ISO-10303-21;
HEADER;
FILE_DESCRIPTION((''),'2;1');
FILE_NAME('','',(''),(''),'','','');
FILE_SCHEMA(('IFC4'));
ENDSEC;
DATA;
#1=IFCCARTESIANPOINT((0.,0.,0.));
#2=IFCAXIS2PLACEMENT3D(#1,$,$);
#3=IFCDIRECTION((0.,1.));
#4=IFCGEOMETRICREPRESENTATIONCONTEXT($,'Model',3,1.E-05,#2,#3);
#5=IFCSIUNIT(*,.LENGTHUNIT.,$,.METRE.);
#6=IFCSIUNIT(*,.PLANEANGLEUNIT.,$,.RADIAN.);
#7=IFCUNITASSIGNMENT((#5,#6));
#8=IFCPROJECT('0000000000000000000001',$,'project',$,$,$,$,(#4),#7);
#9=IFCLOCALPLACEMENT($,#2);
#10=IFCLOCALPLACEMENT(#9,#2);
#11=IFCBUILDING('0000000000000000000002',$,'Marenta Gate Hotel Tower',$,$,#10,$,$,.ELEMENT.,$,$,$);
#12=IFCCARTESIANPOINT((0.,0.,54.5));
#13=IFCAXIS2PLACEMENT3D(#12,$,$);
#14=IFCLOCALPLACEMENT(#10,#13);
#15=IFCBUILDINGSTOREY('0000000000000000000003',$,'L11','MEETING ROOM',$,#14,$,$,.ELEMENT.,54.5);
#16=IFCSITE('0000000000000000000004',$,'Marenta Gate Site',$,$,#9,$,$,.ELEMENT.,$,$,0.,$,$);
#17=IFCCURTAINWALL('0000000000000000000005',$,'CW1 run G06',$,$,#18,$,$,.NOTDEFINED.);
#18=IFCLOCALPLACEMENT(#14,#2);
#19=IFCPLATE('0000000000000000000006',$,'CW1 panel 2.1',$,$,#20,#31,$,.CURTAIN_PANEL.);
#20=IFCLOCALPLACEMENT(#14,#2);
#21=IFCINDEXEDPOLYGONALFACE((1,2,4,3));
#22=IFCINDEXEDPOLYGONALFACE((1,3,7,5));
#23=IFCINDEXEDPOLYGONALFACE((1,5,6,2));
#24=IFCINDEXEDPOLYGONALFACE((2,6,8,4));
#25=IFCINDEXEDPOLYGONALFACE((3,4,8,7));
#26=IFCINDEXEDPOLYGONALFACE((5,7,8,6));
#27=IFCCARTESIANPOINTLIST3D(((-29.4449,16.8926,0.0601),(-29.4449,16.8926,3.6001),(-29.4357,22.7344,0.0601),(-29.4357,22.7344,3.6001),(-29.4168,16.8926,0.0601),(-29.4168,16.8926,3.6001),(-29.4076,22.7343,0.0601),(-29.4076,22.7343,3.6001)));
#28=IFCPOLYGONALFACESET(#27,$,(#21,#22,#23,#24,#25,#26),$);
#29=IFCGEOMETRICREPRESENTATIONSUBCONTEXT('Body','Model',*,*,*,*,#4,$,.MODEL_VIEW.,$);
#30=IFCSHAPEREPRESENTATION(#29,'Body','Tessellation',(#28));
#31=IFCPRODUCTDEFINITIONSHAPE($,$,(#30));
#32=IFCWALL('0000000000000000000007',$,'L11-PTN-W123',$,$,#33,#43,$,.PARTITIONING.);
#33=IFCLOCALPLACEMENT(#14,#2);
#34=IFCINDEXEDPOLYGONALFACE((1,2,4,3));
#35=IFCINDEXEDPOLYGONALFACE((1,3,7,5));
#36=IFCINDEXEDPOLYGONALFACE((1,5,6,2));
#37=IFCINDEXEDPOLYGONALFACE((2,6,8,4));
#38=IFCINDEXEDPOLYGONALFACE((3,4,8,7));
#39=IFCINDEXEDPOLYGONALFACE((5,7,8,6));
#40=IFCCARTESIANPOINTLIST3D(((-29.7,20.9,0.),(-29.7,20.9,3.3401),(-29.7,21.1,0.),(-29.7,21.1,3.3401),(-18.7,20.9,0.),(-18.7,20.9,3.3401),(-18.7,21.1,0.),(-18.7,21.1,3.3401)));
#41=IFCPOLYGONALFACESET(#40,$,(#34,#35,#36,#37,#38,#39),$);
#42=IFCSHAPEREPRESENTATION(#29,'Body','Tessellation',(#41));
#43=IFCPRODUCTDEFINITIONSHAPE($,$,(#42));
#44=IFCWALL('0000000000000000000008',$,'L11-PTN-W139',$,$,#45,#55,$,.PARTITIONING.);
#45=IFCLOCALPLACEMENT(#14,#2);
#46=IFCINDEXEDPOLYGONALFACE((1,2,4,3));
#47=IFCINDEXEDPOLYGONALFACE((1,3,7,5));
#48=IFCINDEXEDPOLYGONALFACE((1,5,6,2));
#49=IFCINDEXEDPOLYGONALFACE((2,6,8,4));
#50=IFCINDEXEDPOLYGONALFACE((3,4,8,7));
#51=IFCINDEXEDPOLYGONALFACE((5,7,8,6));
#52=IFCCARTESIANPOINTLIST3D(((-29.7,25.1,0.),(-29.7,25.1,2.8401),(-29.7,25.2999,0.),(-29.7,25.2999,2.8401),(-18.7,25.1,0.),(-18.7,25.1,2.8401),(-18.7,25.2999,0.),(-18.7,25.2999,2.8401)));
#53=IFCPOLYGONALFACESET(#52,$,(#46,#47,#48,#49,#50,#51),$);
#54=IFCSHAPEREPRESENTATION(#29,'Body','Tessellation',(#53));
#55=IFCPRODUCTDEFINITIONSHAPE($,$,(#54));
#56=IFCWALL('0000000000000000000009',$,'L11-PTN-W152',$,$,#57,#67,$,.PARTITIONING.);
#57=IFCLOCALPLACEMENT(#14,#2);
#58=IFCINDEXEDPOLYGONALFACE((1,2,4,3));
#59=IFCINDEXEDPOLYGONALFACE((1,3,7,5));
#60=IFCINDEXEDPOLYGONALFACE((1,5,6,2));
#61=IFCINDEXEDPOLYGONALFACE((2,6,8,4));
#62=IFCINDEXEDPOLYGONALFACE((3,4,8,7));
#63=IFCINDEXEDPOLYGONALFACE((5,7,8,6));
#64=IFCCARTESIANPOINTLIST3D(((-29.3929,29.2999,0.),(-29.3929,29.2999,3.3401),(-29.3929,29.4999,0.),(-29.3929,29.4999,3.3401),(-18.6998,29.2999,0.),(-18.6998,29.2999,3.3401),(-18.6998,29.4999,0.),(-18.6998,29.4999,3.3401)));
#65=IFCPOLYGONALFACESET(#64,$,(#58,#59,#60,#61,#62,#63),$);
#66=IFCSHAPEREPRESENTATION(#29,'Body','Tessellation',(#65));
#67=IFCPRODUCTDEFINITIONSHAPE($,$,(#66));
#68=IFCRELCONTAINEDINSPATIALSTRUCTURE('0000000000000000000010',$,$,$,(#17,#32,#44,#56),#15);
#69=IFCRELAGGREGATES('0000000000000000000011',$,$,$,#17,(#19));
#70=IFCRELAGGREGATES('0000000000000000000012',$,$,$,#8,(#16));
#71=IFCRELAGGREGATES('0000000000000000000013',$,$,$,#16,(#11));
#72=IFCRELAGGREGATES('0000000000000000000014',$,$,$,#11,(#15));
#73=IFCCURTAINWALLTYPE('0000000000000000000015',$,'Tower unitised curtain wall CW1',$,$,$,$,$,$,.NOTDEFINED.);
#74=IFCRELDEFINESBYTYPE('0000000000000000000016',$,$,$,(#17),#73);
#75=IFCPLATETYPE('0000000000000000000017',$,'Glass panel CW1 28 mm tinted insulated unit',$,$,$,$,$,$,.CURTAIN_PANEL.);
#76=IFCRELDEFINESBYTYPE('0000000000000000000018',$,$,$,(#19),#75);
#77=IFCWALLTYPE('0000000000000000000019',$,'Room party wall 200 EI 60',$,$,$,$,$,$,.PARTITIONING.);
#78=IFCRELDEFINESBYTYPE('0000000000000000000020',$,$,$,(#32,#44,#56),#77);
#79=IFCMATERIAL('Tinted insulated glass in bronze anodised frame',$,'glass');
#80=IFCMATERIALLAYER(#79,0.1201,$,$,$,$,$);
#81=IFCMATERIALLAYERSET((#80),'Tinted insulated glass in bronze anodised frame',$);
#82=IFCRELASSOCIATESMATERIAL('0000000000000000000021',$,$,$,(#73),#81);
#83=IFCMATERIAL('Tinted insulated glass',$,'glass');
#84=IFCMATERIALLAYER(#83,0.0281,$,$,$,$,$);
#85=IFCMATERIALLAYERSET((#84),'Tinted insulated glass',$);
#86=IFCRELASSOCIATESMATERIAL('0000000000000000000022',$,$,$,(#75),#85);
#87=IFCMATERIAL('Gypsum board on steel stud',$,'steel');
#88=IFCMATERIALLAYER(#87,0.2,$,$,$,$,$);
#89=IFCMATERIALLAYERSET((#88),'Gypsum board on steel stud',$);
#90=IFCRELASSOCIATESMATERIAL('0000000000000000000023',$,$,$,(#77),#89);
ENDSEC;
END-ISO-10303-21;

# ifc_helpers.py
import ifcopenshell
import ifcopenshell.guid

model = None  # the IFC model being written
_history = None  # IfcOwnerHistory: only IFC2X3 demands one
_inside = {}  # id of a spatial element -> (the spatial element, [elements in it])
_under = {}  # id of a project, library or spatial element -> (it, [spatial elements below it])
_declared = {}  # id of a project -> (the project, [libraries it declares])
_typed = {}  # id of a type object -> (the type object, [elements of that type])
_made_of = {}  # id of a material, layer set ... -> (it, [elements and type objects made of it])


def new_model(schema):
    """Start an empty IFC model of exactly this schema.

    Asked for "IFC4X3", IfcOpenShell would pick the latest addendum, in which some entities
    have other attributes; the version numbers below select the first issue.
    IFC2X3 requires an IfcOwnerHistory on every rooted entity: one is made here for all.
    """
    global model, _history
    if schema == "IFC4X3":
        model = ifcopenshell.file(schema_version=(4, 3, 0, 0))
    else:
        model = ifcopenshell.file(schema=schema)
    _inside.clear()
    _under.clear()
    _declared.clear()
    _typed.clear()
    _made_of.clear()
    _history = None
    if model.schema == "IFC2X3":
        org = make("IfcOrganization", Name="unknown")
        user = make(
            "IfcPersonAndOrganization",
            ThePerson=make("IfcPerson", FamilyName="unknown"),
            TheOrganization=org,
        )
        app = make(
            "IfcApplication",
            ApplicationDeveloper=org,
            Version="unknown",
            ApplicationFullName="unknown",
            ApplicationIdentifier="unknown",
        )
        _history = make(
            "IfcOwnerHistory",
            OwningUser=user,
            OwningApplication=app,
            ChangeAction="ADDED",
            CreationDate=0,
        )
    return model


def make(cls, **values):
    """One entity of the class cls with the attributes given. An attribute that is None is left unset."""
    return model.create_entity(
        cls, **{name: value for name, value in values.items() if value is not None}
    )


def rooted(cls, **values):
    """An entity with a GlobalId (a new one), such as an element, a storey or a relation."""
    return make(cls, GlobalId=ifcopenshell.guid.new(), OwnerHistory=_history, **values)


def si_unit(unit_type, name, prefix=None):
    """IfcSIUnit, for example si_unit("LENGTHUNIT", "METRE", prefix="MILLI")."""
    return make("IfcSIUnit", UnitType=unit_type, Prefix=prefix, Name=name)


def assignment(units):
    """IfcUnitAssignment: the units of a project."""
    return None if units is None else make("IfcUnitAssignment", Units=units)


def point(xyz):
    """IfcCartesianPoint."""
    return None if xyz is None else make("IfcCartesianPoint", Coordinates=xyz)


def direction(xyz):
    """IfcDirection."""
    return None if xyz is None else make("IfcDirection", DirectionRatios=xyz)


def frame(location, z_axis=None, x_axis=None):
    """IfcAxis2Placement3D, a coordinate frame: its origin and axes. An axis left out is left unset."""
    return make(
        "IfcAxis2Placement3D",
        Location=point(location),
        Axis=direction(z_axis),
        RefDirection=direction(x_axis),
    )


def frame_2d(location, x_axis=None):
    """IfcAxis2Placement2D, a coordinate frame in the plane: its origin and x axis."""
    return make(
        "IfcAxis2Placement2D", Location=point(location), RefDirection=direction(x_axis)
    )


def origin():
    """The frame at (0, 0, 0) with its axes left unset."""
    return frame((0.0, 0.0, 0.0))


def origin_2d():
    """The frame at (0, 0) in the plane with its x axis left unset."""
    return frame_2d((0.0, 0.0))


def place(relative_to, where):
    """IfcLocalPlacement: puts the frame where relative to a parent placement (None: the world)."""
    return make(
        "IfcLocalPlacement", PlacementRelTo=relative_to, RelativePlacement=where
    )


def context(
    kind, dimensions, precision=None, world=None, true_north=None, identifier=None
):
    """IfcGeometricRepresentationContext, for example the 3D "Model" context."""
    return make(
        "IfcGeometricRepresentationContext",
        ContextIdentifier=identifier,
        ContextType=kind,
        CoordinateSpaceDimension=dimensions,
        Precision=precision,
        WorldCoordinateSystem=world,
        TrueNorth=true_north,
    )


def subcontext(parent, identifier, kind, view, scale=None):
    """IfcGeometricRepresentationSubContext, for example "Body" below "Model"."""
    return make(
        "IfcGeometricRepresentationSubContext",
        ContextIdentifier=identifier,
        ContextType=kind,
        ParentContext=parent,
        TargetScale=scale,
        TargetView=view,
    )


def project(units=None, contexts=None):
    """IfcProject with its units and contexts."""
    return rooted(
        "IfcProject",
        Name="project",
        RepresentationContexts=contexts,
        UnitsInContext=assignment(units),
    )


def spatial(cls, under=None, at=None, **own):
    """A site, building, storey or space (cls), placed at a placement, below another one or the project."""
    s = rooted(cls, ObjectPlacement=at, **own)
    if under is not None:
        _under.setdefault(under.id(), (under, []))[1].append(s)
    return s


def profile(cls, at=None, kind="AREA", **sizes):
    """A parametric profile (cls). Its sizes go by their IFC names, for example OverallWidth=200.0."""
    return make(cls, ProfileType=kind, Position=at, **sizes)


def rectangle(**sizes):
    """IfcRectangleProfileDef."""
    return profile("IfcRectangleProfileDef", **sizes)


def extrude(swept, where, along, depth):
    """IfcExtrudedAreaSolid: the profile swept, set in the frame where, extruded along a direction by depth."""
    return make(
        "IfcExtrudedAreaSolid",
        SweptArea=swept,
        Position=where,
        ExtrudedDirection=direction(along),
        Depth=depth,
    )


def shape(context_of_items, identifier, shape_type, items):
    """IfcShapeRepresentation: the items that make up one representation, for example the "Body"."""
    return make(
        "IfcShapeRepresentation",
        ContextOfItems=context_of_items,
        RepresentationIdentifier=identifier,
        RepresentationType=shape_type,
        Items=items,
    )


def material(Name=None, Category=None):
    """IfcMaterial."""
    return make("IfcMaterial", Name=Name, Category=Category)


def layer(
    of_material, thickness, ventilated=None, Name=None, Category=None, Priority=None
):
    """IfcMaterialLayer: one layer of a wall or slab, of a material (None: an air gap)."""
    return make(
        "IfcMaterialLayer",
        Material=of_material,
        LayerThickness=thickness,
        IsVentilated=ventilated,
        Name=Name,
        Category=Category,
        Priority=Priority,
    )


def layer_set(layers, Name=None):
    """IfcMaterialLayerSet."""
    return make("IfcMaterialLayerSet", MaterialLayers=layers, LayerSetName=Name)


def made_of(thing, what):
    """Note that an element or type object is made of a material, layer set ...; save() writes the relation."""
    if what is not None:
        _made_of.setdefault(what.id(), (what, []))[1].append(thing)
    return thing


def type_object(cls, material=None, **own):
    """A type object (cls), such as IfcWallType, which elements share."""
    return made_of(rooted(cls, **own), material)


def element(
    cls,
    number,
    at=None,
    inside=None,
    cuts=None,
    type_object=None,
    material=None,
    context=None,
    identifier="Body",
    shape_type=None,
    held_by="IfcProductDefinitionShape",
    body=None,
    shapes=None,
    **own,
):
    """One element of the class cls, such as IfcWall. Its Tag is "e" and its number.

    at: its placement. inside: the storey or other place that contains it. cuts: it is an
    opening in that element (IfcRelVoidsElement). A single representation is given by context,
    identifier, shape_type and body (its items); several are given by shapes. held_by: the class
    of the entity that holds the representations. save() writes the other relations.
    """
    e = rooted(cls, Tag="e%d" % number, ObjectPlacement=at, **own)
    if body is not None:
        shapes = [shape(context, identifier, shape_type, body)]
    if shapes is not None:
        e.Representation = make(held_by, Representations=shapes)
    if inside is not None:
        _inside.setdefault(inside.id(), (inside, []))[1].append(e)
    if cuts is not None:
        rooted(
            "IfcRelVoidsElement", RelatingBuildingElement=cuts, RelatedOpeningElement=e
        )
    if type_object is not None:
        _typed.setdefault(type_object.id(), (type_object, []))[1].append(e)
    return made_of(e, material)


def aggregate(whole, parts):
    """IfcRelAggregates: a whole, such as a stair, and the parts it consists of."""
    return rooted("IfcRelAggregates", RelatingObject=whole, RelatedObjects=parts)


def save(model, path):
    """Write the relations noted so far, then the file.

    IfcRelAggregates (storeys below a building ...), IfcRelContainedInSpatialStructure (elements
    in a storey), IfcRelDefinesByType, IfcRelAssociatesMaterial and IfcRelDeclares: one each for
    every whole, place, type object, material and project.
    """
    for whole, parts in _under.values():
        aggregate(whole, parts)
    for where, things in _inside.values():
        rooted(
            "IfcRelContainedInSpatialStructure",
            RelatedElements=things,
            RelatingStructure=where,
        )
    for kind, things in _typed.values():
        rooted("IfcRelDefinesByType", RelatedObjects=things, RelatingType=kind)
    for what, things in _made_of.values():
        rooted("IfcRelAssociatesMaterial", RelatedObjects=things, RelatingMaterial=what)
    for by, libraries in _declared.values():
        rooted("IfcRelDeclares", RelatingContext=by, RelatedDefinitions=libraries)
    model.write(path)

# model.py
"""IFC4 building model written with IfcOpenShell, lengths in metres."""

from ifc_helpers import new_model, si_unit, direction, frame, frame_2d, origin, origin_2d, place, context, subcontext, project, spatial, rectangle, extrude, material, layer, layer_set, type_object, element, aggregate, save


model = new_model("IFC4")

# Units and contexts
model_context = context("Model", 3, precision=1e-05, world=origin(), true_north=direction((0.0, 1.0)))
body_context = subcontext(model_context, "Body", "Model", "MODEL_VIEW")
ifc_project = project(units=[si_unit("LENGTHUNIT", "METRE"), si_unit("PLANEANGLEUNIT", "RADIAN")], contexts=[model_context])

# Site, building, storey
site_placement = place(None, origin())
site = spatial("IfcSite", under=ifc_project, at=site_placement, Name="Marenta Gate Site", CompositionType="ELEMENT", RefElevation=0.0)
building_placement = place(site_placement, origin())
building = spatial("IfcBuilding", under=site, at=building_placement, Name="Marenta Gate Hotel Tower", CompositionType="ELEMENT")
storey_placement = place(building_placement, frame((0.0, 0.0, 54.5)))
storey = spatial("IfcBuildingStorey", under=building, at=storey_placement, Name="L11", Description="MEETING ROOM", CompositionType="ELEMENT", Elevation=54.5)

# Shared definitions
ifc_material_1 = material(Name="Tinted insulated glass in bronze anodised frame", Category="glass")
ifc_layer_1 = layer(ifc_material_1, 0.1201)
ifc_layer_set_1 = layer_set([ifc_layer_1], Name="Tinted insulated glass in bronze anodised frame")
curtain_wall_type = type_object("IfcCurtainWallType", Name="Tower unitised curtain wall CW1", PredefinedType="NOTDEFINED", material=ifc_layer_set_1)

# Curtain wall
curtain_wall_1_placement = place(storey_placement, origin())
curtain_wall_1 = element("IfcCurtainWall", 1, at=curtain_wall_1_placement, inside=storey, type_object=curtain_wall_type, Name="CW1 run G06", PredefinedType="NOTDEFINED")

# Plate
ifc_material_2 = material(Name="Tinted insulated glass", Category="glass")
ifc_layer_2 = layer(ifc_material_2, 0.0281)
ifc_layer_set_2 = layer_set([ifc_layer_2], Name="Tinted insulated glass")
plate_type = type_object("IfcPlateType", Name="Glass panel CW1 28 mm tinted insulated unit", PredefinedType="CURTAIN_PANEL", material=ifc_layer_set_2)
plate_1_placement = place(storey_placement, frame((-29.4263, 19.8135, 0.0601), z_axis=(0.0, 0.0, 1.0), x_axis=(-0.00157, -0.999999, 0.0)))
plate_1 = element("IfcPlate", 2, at=plate_1_placement, type_object=plate_type, Name="CW1 panel 2.1", PredefinedType="CURTAIN_PANEL", context=body_context, shape_type="SweptSolid", body=[
    extrude(rectangle(XDim=5.8418, YDim=0.0281, at=origin_2d()), origin(), (0.0, 0.0, 1.0), 3.54),
])
aggregate(curtain_wall_1, [plate_1])

# Walls
ifc_material_3 = material(Name="Gypsum board on steel stud", Category="steel")
ifc_layer_3 = layer(ifc_material_3, 0.2)
ifc_layer_set_3 = layer_set([ifc_layer_3], Name="Gypsum board on steel stud")
wall_type = type_object("IfcWallType", Name="Room party wall 200 EI 60", PredefinedType="PARTITIONING", material=ifc_layer_set_3)
wall_1_placement = place(storey_placement, frame((-29.7, 21.0, 0.0), z_axis=(0.0, 0.0, 1.0), x_axis=(1.0, 0.0, 0.0)))
element("IfcWall", 3, at=wall_1_placement, inside=storey, type_object=wall_type, Name="L11-PTN-W123", PredefinedType="PARTITIONING", context=body_context, shape_type="SweptSolid", body=[
    extrude(rectangle(XDim=11.0, YDim=0.2, at=frame_2d((5.5, 0.0))), origin(), (0.0, 0.0, 1.0), 3.3401),
])
wall_2_placement = place(storey_placement, frame((-29.7, 25.2, 0.0), z_axis=(0.0, 0.0, 1.0), x_axis=(1.0, 0.0, 0.0)))
element("IfcWall", 4, at=wall_2_placement, inside=storey, type_object=wall_type, Name="L11-PTN-W139", PredefinedType="PARTITIONING", context=body_context, shape_type="SweptSolid", body=[
    extrude(rectangle(XDim=11.0, YDim=0.2, at=frame_2d((5.5, 0.0))), origin(), (0.0, 0.0, 1.0), 2.8401),
])
wall_3_placement = place(storey_placement, frame((-29.3931, 29.3999, 0.0), z_axis=(0.0, 0.0, 1.0), x_axis=(1.0, 0.0, 0.0)))
element("IfcWall", 5, at=wall_3_placement, inside=storey, type_object=wall_type, Name="L11-PTN-W152", PredefinedType="PARTITIONING", context=body_context, shape_type="SweptSolid", body=[
    extrude(rectangle(XDim=10.6931, YDim=0.2, at=frame_2d((5.3467, 0.0))), origin(), (0.0, 0.0, 1.0), 3.3401),
])

save(model, "model.ifc")
